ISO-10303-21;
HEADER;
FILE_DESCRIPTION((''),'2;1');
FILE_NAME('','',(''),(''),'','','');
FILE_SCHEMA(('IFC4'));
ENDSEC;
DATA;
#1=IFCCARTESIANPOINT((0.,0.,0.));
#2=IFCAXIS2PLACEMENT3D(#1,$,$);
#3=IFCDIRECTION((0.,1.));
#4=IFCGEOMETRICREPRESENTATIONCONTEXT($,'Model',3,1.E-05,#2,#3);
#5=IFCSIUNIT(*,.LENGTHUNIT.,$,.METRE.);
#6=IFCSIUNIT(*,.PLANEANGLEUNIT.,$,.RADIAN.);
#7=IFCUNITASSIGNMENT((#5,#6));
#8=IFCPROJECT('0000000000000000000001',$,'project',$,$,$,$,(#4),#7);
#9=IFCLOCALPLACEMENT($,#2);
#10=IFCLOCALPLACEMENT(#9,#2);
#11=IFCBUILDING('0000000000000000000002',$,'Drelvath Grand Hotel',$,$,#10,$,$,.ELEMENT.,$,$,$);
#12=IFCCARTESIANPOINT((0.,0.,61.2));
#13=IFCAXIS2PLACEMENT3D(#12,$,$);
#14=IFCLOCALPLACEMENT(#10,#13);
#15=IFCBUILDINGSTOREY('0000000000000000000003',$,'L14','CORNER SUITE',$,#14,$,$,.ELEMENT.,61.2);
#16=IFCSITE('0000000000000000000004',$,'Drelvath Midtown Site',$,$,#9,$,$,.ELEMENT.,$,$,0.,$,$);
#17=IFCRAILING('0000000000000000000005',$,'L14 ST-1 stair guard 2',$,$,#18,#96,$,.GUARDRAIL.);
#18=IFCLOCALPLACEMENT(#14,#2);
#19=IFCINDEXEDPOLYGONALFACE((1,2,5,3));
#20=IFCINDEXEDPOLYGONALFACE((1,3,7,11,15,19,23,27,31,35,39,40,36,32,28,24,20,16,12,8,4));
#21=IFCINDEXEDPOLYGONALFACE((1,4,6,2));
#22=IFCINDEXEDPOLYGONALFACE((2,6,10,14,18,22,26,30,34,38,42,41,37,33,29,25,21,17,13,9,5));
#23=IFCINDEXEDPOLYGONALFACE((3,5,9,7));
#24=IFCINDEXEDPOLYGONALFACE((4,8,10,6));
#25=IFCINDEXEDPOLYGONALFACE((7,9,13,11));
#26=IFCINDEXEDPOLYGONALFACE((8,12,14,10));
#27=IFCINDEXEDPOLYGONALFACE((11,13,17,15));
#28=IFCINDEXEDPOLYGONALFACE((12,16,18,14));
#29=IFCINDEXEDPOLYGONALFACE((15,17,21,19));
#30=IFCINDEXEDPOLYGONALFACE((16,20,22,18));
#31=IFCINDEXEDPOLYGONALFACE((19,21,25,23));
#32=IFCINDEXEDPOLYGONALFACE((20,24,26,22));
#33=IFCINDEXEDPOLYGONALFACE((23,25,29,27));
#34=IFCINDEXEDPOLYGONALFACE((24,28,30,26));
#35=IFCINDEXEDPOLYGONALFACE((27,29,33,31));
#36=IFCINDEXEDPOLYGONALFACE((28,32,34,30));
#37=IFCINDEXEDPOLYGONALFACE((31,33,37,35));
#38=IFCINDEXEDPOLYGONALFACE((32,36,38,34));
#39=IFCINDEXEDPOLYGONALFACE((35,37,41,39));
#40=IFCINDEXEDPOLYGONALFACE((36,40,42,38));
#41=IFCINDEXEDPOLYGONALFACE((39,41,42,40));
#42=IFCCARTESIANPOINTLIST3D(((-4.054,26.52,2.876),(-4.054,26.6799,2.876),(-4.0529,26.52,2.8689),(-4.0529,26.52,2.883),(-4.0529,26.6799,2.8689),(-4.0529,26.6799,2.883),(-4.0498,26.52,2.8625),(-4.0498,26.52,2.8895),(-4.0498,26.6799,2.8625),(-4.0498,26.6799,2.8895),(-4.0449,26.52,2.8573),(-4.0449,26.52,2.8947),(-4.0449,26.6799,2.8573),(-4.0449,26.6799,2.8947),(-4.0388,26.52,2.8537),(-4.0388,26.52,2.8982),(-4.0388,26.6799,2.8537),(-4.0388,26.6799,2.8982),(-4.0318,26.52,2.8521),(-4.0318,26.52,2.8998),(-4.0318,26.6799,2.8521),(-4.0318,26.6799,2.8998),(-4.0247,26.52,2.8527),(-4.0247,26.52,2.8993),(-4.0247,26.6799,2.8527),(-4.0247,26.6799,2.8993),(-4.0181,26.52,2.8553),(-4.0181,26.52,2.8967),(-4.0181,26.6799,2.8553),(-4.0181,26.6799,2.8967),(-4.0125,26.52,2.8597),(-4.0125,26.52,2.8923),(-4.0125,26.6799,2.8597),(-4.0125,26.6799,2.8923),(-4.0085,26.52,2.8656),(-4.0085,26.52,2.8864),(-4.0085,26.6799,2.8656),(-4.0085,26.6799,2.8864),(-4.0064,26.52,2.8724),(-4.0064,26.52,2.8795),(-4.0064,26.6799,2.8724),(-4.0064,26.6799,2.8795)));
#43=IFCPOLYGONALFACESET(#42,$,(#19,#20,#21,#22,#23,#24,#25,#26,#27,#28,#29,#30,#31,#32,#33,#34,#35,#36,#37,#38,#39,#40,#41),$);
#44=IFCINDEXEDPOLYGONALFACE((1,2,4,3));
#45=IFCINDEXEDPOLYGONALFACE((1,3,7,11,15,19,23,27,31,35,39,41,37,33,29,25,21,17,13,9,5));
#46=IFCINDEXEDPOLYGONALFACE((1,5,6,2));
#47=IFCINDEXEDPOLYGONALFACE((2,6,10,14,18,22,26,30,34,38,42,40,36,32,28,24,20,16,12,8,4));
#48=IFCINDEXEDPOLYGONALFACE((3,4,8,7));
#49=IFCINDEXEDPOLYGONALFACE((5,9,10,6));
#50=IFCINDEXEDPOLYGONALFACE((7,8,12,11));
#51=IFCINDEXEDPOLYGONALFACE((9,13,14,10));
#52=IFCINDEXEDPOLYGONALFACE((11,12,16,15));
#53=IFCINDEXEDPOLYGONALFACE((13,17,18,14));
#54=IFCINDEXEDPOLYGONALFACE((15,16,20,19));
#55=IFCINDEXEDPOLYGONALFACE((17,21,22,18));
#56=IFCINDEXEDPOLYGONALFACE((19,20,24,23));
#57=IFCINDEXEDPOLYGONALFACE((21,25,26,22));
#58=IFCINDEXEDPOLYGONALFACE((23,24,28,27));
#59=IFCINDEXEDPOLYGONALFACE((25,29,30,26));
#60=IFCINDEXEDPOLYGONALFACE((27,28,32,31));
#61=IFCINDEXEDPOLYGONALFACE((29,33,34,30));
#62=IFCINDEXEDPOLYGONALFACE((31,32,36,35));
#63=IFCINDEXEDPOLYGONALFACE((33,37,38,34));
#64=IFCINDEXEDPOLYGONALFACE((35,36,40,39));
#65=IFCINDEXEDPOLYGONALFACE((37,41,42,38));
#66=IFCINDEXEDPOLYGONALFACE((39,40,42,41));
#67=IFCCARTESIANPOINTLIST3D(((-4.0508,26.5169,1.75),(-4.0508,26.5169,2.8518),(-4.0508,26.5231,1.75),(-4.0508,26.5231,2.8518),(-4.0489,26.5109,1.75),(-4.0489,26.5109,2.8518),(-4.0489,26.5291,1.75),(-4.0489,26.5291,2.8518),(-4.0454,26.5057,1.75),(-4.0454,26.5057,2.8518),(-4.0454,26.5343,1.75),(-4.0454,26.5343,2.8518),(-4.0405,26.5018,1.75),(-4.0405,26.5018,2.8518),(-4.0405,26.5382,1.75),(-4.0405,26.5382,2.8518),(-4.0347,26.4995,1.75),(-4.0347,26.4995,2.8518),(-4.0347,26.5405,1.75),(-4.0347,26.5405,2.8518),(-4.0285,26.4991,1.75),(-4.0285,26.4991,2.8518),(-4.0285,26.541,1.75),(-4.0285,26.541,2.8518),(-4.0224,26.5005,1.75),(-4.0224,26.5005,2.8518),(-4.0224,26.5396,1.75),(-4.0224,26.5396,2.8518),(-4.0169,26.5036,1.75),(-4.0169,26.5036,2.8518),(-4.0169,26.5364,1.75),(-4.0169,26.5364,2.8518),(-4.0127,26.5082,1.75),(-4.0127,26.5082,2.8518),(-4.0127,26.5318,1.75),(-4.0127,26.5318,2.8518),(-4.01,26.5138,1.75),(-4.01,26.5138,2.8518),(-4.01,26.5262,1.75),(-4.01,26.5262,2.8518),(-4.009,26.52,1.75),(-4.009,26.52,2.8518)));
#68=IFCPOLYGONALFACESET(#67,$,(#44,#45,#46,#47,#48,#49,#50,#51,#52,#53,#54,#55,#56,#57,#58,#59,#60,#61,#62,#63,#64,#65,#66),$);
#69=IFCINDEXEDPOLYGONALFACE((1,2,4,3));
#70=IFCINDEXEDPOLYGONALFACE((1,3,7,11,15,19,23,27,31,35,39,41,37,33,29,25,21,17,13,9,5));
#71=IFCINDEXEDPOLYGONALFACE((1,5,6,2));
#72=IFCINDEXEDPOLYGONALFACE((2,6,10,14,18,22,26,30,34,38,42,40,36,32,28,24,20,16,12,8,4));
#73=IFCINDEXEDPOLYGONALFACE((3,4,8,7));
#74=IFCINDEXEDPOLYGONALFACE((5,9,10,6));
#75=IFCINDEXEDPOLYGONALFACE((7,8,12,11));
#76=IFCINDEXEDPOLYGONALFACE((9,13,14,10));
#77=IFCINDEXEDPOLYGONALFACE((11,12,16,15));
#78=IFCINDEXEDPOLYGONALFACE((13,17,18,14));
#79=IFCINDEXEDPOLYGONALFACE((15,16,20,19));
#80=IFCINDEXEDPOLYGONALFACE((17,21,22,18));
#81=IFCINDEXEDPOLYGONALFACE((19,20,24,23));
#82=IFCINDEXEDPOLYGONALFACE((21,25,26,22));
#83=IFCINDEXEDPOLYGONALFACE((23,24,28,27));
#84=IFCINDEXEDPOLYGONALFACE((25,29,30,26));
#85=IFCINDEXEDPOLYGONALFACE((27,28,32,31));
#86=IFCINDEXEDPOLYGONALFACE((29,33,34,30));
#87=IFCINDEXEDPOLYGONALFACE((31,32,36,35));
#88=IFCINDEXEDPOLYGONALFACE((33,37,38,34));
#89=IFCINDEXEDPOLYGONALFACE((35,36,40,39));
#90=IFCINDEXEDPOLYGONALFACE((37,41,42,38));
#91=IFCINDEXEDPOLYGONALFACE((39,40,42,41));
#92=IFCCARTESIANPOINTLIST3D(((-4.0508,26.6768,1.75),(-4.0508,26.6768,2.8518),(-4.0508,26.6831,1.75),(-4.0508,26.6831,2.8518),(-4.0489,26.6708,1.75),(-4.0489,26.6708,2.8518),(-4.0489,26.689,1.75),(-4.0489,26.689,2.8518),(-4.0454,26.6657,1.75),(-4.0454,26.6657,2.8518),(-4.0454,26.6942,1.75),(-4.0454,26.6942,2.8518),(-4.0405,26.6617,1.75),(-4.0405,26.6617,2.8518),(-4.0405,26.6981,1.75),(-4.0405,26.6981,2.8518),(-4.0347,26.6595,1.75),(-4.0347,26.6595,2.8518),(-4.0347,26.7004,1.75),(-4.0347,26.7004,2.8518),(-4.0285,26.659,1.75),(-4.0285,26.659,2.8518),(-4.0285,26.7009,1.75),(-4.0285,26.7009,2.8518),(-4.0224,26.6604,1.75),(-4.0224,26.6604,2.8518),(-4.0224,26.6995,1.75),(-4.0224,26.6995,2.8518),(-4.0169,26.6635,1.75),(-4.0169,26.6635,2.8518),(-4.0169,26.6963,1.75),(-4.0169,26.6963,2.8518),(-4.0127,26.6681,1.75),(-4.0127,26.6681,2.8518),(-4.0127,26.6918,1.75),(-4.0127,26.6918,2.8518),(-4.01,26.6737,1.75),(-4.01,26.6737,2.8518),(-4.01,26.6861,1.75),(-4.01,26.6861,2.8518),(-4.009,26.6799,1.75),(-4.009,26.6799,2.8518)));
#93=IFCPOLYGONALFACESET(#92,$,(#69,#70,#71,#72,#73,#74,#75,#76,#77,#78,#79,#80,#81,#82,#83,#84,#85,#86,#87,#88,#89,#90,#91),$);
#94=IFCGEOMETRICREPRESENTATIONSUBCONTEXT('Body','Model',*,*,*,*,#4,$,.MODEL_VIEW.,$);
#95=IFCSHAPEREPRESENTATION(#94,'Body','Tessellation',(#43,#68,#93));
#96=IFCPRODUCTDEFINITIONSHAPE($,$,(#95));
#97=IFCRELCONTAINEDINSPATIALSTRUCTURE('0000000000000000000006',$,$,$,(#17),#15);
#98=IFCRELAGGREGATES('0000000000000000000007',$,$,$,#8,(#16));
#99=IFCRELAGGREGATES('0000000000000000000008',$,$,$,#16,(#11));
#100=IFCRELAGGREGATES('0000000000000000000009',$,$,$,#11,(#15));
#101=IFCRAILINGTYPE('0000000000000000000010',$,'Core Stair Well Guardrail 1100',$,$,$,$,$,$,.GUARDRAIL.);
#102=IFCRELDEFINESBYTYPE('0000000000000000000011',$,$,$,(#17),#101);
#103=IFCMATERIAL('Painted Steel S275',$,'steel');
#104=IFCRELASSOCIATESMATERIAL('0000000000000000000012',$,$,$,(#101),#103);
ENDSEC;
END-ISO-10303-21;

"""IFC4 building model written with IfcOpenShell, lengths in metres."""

from ifc_helpers import new_model, si_unit, direction, frame, origin, origin_2d, place, context, subcontext, project, spatial, circle, extrude, material, type_object, element, save


model = new_model("IFC4")

# Units and contexts
model_context = context("Model", 3, precision=1e-05, world=origin(), true_north=direction((0.0, 1.0)))
body_context = subcontext(model_context, "Body", "Model", "MODEL_VIEW")
ifc_project = project(units=[si_unit("LENGTHUNIT", "METRE"), si_unit("PLANEANGLEUNIT", "RADIAN")], contexts=[model_context])

# Site, building, storey
site_placement = place(None, origin())
site = spatial("IfcSite", under=ifc_project, at=site_placement, Name="Drelvath Midtown Site", CompositionType="ELEMENT", RefElevation=0.0)
building_placement = place(site_placement, origin())
building = spatial("IfcBuilding", under=site, at=building_placement, Name="Drelvath Grand Hotel", CompositionType="ELEMENT")
storey_placement = place(building_placement, frame((0.0, 0.0, 61.2)))
storey = spatial("IfcBuildingStorey", under=building, at=storey_placement, Name="L14", Description="CORNER SUITE", CompositionType="ELEMENT", Elevation=61.2)

# Shared definitions
ifc_material_1 = material(Name="Painted Steel S275", Category="steel")

# Railing
railing_type_1 = type_object("IfcRailingType", Name="Core Stair Well Guardrail 1100", PredefinedType="GUARDRAIL", material=ifc_material_1)
railing_1_placement = place(storey_placement, frame((-4.03, 26.52, 1.75)))
element("IfcRailing", 1, at=railing_1_placement, inside=storey, type_object=railing_type_1, Name="L14 ST-1 stair guard 2", PredefinedType="GUARDRAIL", context=body_context, shape_type="SweptSolid", body=[
    extrude(circle(Radius=0.0239, at=origin_2d()), frame((0.0, 0.0, 1.126), z_axis=(0.0, 1.0, 0.0), x_axis=(-1.0, 0.0, 0.0)), (0.0, 0.0, 1.0), 0.1599),
    extrude(circle(Radius=0.021, at=origin_2d()), origin(), (0.0, 0.0, 1.0), 1.1018),
    extrude(circle(Radius=0.021, at=origin_2d()), frame((0.0, 0.1599, 0.0)), (0.0, 0.0, 1.0), 1.1018),
])

save(model, "model.ifc")
